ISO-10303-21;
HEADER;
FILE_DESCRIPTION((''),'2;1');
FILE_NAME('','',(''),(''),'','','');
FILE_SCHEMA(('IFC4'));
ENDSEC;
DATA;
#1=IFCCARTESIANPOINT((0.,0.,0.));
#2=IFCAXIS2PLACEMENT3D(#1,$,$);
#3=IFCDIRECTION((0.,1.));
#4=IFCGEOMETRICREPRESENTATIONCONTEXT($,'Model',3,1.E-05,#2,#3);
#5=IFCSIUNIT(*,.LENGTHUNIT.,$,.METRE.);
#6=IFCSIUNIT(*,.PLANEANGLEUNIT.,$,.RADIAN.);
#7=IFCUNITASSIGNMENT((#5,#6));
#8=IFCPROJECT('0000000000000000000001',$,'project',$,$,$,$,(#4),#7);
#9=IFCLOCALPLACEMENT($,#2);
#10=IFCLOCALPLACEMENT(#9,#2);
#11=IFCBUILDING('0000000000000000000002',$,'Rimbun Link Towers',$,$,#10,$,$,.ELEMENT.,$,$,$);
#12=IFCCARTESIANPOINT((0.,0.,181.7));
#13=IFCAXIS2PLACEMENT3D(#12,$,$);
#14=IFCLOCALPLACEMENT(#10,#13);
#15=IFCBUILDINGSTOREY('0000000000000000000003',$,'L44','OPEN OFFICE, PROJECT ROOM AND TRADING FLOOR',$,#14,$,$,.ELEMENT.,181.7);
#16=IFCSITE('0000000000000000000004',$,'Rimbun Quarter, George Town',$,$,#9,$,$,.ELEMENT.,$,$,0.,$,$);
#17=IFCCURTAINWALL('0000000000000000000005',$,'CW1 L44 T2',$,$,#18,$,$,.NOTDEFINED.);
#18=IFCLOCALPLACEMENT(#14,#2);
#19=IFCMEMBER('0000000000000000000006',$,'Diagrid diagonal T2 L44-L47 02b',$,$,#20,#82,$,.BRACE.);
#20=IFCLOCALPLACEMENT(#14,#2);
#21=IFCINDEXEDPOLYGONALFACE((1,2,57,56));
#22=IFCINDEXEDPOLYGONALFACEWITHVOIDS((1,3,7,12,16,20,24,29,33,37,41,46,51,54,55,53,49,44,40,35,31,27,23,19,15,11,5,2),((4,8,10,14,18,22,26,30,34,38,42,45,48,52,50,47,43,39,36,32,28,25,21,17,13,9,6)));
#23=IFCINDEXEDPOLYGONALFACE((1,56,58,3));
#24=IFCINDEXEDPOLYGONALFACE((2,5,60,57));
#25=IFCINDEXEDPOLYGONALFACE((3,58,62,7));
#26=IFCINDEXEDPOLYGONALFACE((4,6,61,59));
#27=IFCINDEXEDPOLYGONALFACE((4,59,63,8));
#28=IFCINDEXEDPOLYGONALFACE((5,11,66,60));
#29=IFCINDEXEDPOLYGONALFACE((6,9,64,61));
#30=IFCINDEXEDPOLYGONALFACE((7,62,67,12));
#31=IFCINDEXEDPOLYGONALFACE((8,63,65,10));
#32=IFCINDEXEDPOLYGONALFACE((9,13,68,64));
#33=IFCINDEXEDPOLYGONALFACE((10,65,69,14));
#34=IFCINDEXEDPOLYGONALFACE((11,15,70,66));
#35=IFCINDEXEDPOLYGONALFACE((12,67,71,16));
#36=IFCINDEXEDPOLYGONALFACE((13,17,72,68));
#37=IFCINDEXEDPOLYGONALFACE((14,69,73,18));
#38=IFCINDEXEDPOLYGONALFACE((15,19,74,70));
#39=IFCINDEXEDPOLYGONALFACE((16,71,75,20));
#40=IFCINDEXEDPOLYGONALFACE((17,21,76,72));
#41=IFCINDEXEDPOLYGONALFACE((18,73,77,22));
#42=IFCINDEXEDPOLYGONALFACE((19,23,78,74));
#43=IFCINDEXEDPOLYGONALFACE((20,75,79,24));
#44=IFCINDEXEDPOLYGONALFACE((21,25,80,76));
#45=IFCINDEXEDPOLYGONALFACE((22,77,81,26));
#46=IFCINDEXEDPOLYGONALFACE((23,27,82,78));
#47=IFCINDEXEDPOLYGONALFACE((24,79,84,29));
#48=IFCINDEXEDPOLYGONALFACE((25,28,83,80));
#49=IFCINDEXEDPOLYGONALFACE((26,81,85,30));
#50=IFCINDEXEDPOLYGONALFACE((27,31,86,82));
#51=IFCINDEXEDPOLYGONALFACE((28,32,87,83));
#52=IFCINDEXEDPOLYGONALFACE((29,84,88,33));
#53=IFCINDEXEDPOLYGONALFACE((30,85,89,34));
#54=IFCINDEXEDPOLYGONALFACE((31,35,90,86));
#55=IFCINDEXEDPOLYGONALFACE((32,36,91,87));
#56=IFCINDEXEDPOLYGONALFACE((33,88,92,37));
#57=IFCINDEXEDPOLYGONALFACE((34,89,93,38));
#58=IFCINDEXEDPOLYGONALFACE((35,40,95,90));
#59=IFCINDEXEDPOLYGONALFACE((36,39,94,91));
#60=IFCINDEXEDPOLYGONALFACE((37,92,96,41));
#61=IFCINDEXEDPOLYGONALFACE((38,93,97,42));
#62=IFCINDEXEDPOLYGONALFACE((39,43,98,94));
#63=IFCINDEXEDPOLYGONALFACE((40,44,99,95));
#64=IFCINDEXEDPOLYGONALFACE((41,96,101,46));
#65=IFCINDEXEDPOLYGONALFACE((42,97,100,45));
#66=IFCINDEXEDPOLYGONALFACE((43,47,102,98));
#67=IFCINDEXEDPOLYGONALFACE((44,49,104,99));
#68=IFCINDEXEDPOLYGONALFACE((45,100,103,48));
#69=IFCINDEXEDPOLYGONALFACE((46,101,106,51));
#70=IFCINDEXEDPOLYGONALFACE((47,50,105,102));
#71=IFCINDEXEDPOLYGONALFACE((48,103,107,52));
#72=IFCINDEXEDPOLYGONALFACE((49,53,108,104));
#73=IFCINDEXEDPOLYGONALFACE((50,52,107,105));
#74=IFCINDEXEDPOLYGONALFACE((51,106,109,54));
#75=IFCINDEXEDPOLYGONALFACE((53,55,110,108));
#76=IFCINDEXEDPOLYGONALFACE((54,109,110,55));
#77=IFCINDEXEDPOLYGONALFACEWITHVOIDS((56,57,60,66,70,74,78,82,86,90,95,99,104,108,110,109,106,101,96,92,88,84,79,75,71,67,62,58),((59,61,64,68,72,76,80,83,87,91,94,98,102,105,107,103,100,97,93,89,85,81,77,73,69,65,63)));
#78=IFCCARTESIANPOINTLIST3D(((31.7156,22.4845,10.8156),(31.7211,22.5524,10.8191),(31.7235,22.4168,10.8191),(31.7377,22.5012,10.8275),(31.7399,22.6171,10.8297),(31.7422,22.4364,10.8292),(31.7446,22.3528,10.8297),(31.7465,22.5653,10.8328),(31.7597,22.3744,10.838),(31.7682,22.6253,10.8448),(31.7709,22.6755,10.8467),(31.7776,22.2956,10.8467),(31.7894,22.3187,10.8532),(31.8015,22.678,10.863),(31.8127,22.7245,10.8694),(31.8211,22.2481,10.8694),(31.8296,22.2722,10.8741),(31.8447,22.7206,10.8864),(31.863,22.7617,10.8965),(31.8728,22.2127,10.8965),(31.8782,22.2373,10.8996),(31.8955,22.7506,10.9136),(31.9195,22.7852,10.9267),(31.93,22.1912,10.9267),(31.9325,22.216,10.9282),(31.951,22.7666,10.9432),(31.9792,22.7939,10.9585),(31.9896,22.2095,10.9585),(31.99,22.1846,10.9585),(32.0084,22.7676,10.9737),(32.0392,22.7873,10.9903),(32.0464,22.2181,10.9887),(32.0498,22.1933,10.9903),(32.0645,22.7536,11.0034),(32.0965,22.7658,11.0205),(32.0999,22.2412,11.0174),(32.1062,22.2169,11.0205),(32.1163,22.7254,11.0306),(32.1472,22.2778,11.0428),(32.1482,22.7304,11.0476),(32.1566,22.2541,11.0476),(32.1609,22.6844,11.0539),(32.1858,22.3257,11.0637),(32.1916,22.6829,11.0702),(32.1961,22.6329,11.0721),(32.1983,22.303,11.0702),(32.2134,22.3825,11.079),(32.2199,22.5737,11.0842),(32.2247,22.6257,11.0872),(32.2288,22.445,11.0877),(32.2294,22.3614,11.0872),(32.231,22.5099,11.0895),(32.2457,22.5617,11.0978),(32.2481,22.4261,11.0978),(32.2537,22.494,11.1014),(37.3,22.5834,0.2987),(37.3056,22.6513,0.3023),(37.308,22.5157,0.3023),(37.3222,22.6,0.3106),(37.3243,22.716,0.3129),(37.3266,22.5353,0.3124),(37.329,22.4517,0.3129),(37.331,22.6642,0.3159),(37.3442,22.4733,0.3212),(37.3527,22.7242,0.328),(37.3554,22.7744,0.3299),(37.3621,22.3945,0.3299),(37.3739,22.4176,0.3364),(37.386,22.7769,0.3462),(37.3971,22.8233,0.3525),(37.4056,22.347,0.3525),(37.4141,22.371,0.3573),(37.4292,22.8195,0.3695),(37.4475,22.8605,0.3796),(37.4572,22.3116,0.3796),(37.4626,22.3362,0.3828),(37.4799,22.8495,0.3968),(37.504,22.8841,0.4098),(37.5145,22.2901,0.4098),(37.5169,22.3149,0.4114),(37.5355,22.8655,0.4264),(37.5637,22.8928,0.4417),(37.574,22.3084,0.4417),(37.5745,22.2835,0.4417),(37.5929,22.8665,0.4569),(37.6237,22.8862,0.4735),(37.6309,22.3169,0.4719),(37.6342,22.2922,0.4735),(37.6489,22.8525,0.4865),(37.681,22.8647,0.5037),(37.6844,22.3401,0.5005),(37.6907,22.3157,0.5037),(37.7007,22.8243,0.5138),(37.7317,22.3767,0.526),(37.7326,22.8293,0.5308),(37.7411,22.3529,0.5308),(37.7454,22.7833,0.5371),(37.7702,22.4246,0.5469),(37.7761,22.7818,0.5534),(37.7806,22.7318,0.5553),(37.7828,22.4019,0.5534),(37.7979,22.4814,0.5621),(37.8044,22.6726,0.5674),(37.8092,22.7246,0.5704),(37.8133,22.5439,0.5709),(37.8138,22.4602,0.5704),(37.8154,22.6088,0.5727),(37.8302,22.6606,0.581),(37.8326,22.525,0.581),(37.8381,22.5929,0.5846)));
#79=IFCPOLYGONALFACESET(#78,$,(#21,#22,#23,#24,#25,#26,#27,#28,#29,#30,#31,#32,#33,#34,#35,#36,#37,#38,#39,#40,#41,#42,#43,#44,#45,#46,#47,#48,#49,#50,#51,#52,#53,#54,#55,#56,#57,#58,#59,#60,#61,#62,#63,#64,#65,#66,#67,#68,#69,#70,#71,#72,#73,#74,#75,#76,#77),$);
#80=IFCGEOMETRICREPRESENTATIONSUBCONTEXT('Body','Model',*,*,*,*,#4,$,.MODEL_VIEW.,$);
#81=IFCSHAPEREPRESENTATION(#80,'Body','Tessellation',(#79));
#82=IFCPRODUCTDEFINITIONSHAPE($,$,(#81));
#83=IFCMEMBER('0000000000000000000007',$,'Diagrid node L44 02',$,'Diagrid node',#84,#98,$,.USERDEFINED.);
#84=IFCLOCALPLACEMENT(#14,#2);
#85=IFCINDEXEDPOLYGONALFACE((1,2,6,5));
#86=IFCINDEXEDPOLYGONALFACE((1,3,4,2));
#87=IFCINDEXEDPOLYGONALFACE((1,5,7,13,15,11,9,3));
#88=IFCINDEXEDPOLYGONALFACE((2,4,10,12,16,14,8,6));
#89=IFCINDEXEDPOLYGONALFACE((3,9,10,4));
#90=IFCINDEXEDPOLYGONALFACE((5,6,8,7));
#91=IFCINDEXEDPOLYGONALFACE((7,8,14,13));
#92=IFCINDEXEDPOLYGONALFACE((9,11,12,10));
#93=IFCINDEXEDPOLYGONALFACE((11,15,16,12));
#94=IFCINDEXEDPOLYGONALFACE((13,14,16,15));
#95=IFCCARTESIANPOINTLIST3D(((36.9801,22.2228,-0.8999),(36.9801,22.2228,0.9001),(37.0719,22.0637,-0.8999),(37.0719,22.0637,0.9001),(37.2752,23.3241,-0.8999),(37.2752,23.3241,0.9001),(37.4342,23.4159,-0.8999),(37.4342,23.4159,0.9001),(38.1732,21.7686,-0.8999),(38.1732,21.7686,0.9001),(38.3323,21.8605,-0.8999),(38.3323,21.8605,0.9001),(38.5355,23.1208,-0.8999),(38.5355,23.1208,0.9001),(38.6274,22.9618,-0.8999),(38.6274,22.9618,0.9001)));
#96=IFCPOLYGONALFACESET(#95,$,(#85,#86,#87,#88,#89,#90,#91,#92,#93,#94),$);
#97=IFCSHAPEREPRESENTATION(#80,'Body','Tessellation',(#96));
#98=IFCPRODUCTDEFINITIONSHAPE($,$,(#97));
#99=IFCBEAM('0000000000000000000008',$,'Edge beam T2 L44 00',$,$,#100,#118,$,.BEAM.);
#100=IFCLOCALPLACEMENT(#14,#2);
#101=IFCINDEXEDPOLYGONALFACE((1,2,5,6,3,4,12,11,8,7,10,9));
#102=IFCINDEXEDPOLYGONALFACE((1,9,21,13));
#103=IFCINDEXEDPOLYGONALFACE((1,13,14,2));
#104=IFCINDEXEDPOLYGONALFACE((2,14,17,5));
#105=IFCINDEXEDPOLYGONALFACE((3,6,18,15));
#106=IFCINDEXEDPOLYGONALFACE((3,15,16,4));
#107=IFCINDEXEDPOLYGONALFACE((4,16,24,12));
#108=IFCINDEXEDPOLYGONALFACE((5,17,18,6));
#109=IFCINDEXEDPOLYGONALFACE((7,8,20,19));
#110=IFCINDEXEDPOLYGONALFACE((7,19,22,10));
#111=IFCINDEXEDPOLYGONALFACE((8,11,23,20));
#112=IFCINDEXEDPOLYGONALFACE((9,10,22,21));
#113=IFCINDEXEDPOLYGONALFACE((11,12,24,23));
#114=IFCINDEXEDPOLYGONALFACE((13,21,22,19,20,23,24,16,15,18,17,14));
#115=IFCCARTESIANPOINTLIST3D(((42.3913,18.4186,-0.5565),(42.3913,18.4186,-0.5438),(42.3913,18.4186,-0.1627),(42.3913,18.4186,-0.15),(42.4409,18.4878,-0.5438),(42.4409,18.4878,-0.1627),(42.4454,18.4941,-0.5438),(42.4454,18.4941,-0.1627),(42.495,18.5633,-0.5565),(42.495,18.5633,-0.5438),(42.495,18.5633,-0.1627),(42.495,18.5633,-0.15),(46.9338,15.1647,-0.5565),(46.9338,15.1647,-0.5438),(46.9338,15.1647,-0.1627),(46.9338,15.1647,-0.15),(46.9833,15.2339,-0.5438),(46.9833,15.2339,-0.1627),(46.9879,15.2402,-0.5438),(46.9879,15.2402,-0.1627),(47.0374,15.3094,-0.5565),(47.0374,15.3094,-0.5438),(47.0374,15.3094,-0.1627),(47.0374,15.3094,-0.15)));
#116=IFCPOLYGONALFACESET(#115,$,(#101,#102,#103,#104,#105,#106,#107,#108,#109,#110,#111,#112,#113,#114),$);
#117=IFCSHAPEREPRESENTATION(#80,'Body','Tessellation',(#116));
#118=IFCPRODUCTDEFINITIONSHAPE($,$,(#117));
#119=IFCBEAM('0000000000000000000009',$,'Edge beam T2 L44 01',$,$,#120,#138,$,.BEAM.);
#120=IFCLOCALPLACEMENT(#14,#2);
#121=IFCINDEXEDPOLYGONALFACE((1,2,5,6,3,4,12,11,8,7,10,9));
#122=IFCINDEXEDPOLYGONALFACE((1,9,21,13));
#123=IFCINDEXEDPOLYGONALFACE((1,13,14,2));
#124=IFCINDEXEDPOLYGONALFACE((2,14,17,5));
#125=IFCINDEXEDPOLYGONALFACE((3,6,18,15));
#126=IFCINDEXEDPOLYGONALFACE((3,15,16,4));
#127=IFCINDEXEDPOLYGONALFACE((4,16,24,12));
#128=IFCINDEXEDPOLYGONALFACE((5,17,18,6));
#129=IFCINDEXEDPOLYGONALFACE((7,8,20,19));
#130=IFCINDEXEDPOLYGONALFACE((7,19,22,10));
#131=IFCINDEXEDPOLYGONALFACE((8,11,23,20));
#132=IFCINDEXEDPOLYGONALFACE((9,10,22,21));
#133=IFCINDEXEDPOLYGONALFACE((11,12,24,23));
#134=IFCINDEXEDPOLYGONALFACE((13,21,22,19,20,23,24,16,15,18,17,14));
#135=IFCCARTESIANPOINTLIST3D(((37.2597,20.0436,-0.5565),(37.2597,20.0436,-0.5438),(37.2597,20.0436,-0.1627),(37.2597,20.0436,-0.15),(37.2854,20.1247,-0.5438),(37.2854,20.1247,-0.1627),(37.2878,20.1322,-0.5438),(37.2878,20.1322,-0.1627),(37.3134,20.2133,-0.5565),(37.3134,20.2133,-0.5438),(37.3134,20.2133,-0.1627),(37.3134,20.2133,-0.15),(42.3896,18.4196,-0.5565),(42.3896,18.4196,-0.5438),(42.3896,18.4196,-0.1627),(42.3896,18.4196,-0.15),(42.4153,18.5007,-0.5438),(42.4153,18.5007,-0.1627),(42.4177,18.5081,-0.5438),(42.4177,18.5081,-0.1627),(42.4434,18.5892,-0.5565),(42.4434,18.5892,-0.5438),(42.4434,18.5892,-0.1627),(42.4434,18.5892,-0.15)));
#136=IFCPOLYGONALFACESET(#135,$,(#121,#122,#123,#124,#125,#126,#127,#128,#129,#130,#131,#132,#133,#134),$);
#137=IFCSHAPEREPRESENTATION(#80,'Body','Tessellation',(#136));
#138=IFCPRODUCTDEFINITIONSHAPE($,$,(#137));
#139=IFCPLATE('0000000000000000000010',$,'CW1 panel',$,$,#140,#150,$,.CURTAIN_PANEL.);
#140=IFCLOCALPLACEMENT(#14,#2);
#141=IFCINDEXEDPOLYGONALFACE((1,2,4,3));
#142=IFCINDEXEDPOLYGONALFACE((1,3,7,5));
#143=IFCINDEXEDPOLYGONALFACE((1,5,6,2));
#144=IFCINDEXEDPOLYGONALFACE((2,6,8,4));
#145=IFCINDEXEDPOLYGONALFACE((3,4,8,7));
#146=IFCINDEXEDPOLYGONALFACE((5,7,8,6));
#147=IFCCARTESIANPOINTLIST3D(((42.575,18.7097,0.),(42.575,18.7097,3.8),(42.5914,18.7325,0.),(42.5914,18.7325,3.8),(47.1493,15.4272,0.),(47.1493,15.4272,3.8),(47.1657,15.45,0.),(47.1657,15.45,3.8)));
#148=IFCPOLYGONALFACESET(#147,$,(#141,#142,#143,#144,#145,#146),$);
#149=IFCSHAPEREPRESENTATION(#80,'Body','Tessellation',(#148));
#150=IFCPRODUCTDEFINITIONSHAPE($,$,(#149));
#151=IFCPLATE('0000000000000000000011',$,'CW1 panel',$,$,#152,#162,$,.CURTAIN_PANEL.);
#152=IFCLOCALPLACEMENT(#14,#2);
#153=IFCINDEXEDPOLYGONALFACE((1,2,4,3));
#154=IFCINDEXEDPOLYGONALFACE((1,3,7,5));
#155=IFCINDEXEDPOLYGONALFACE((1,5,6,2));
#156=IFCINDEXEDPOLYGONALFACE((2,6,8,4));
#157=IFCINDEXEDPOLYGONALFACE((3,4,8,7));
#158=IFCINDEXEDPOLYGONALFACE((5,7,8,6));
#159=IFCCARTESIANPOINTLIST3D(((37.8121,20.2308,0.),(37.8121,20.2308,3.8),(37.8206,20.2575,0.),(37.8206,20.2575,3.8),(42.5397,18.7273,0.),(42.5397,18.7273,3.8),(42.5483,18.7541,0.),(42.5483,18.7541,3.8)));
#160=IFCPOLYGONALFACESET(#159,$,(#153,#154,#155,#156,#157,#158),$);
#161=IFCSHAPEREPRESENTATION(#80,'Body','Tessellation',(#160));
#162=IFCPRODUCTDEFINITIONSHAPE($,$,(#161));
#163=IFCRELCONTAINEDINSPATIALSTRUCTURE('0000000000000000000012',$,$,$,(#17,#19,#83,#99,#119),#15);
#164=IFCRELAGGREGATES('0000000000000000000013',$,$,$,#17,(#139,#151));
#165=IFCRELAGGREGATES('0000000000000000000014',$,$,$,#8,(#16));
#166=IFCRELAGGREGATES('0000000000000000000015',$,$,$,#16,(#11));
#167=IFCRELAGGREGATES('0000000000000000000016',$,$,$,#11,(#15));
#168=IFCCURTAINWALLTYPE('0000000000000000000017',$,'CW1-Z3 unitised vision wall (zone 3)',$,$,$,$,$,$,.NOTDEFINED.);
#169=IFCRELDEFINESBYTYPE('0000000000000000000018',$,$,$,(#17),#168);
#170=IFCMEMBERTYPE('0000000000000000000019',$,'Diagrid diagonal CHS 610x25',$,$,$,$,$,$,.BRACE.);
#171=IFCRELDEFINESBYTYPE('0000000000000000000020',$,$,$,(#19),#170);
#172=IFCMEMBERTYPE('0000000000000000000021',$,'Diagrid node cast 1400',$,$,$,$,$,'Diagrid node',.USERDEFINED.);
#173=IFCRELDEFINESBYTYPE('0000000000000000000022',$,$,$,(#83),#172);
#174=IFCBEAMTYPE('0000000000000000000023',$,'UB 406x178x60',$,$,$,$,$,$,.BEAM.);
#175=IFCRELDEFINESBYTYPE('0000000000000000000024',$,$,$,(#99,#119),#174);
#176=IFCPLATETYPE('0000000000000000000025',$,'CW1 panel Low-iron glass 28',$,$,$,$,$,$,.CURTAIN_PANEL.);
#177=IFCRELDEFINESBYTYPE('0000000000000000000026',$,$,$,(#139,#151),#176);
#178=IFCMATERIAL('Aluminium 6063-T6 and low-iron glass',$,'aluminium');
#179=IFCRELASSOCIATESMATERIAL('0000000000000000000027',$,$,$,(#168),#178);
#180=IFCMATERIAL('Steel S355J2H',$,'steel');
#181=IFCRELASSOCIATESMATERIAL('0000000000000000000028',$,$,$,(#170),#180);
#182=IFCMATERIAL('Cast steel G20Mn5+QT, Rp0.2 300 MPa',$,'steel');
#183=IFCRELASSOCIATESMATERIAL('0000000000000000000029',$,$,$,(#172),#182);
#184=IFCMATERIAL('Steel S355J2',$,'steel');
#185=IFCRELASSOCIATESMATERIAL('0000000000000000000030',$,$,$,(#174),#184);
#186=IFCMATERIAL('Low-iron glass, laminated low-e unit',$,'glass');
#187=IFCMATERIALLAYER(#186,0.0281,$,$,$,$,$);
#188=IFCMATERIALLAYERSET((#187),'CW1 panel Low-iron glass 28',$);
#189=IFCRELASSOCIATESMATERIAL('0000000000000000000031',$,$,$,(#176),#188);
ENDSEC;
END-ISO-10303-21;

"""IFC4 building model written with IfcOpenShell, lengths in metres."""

from ifc_helpers import new_model, si_unit, direction, frame, origin, origin_2d, place, context, subcontext, project, spatial, polyline, rectangle, hollow_circle, i_section, outline, extrude, material, layer, layer_set, material_profile, profile_set, type_object, element, aggregate, save


model = new_model("IFC4")

# Units and contexts
model_context = context("Model", 3, precision=1e-05, world=origin(), true_north=direction((0.0, 1.0)))
body_context = subcontext(model_context, "Body", "Model", "MODEL_VIEW")
ifc_project = project(units=[si_unit("LENGTHUNIT", "METRE"), si_unit("PLANEANGLEUNIT", "RADIAN")], contexts=[model_context])

# Site, building, storey
site_placement = place(None, origin())
site = spatial("IfcSite", under=ifc_project, at=site_placement, Name="Rimbun Quarter, George Town", CompositionType="ELEMENT", RefElevation=0.0)
building_placement = place(site_placement, origin())
building = spatial("IfcBuilding", under=site, at=building_placement, Name="Rimbun Link Towers", CompositionType="ELEMENT")
storey_placement = place(building_placement, frame((0.0, 0.0, 181.7)))
storey = spatial("IfcBuildingStorey", under=building, at=storey_placement, Name="L44", Description="OPEN OFFICE, PROJECT ROOM AND TRADING FLOOR", CompositionType="ELEMENT", Elevation=181.7)

# Curtain wall
ifc_material_1 = material(Name="Aluminium 6063-T6 and low-iron glass", Category="aluminium")
curtain_wall_type = type_object("IfcCurtainWallType", Name="CW1-Z3 unitised vision wall (zone 3)", PredefinedType="NOTDEFINED", material=ifc_material_1)
curtain_wall_placement = place(storey_placement, origin())
curtain_wall = element("IfcCurtainWall", 1, at=curtain_wall_placement, inside=storey, type_object=curtain_wall_type, Name="CW1 L44 T2", PredefinedType="NOTDEFINED")

# Members
ifc_material_2 = material(Name="Steel S355J2H", Category="steel")
ifc_material_profile_1 = material_profile(ifc_material_2, hollow_circle(Radius=0.3047, WallThickness=0.0249, at=origin_2d()), Name="Diagrid diagonal CHS 610x25")
ifc_profile_set_1 = profile_set([ifc_material_profile_1], Name="Steel S355J2H")
member_type_1 = type_object("IfcMemberType", Name="Diagrid diagonal CHS 610x25", PredefinedType="BRACE", material=ifc_profile_set_1)
member_1_placement = place(storey_placement, frame((37.5691, 22.5881, 0.4417), z_axis=(-0.468969, -0.008303, 0.883176), x_axis=(0.017703, -0.999843, 0.0)))
element("IfcMember", 2, at=member_1_placement, inside=storey, type_object=member_type_1, Name="Diagrid diagonal T2 L44-L47 02b", PredefinedType="BRACE", context=body_context, shape_type="SweptSolid", body=[
    extrude(hollow_circle(Radius=0.3047, WallThickness=0.0249, at=origin_2d()), origin(), (0.0, 0.0, 1.0), 11.908),
])
ifc_material_3 = material(Name="Cast steel G20Mn5+QT, Rp0.2 300 MPa", Category="steel")
ifc_material_profile_2 = material_profile(ifc_material_3, outline(polyline([(0.7, -0.5701), (0.7, 0.5701), (0.5701, 0.7), (-0.5701, 0.7), (-0.7, 0.5701), (-0.7, -0.5701), (-0.5701, -0.7), (0.5701, -0.7), (0.7, -0.5701)])), Name="NODE 1400x1400")
ifc_profile_set_2 = profile_set([ifc_material_profile_2], Name="Cast steel G20Mn5+QT, Rp0.2 300 MPa")
member_type_2 = type_object("IfcMemberType", Name="Diagrid node cast 1400", ElementType="Diagrid node", PredefinedType="USERDEFINED", material=ifc_profile_set_2)
member_2_placement = place(storey_placement, frame((37.8037, 22.5923, -0.8999), z_axis=(0.0, 0.0, 1.0), x_axis=(0.258819, 0.965926, 0.0)))
element("IfcMember", 3, at=member_2_placement, inside=storey, type_object=member_type_2, Name="Diagrid node L44 02", ObjectType="Diagrid node", PredefinedType="USERDEFINED", context=body_context, shape_type="SweptSolid", body=[
    extrude(outline(polyline([(0.7, -0.5701), (0.7, 0.5701), (0.5701, 0.7), (-0.5701, 0.7), (-0.7, 0.5701), (-0.7, -0.5701), (-0.5701, -0.7), (0.5701, -0.7), (0.7, -0.5701)])), origin(), (0.0, 0.0, 1.0), 1.8),
])

# Beams
ifc_material_4 = material(Name="Steel S355J2", Category="steel")
ifc_material_profile_3 = material_profile(ifc_material_4, i_section(OverallWidth=0.178, OverallDepth=0.4065, WebThickness=0.0078, FlangeThickness=0.0127, at=origin_2d()), Name="UB 406x178x60")
ifc_profile_set_3 = profile_set([ifc_material_profile_3], Name="Steel S355J2")
beam_type = type_object("IfcBeamType", Name="UB 406x178x60", PredefinedType="BEAM", material=ifc_profile_set_3)
beam_1_placement = place(storey_placement, frame((46.9856, 15.2371, -0.3533), z_axis=(-0.812947, 0.582337, 0.0), x_axis=(-0.582337, -0.812947, 0.0)))
element("IfcBeam", 4, at=beam_1_placement, inside=storey, type_object=beam_type, Name="Edge beam T2 L44 00", PredefinedType="BEAM", context=body_context, shape_type="SweptSolid", body=[
    extrude(i_section(OverallWidth=0.178, OverallDepth=0.4065, WebThickness=0.0078, FlangeThickness=0.0127, at=origin_2d()), origin(), (0.0, 0.0, 1.0), 5.5876),
])
beam_2_placement = place(storey_placement, frame((42.4165, 18.5044, -0.3533), z_axis=(-0.953366, 0.301817, 0.0), x_axis=(-0.301817, -0.953366, 0.0)))
element("IfcBeam", 5, at=beam_2_placement, inside=storey, type_object=beam_type, Name="Edge beam T2 L44 01", PredefinedType="BEAM", context=body_context, shape_type="SweptSolid", body=[
    extrude(i_section(OverallWidth=0.178, OverallDepth=0.4065, WebThickness=0.0078, FlangeThickness=0.0127, at=origin_2d()), origin(), (0.0, 0.0, 1.0), 5.3809),
])

# Plates
ifc_material_5 = material(Name="Low-iron glass, laminated low-e unit", Category="glass")
ifc_layer_1 = layer(ifc_material_5, 0.0281)
ifc_layer_set_1 = layer_set([ifc_layer_1], Name="CW1 panel Low-iron glass 28")
plate_type = type_object("IfcPlateType", Name="CW1 panel Low-iron glass 28", PredefinedType="CURTAIN_PANEL", material=ifc_layer_set_1)
plate_1_placement = place(storey_placement, frame((44.8704, 17.0798, 0.0), z_axis=(0.0, 0.0, 1.0), x_axis=(0.812461, -0.583015, 0.0)))
plate_1 = element("IfcPlate", 6, at=plate_1_placement, type_object=plate_type, Name="CW1 panel", PredefinedType="CURTAIN_PANEL", context=body_context, shape_type="SweptSolid", body=[
    extrude(rectangle(XDim=5.6301, YDim=0.0281, at=origin_2d()), origin(), (0.0, 0.0, 1.0), 3.8),
])
plate_2_placement = place(storey_placement, frame((40.1802, 19.4924, 0.0), z_axis=(0.0, 0.0, 1.0), x_axis=(0.952974, -0.303053, 0.0)))
plate_2 = element("IfcPlate", 7, at=plate_2_placement, type_object=plate_type, Name="CW1 panel", PredefinedType="CURTAIN_PANEL", context=body_context, shape_type="SweptSolid", body=[
    extrude(rectangle(XDim=4.9609, YDim=0.0281, at=origin_2d()), origin(), (0.0, 0.0, 1.0), 3.8),
])
aggregate(curtain_wall, [plate_1, plate_2])

save(model, "model.ifc")
